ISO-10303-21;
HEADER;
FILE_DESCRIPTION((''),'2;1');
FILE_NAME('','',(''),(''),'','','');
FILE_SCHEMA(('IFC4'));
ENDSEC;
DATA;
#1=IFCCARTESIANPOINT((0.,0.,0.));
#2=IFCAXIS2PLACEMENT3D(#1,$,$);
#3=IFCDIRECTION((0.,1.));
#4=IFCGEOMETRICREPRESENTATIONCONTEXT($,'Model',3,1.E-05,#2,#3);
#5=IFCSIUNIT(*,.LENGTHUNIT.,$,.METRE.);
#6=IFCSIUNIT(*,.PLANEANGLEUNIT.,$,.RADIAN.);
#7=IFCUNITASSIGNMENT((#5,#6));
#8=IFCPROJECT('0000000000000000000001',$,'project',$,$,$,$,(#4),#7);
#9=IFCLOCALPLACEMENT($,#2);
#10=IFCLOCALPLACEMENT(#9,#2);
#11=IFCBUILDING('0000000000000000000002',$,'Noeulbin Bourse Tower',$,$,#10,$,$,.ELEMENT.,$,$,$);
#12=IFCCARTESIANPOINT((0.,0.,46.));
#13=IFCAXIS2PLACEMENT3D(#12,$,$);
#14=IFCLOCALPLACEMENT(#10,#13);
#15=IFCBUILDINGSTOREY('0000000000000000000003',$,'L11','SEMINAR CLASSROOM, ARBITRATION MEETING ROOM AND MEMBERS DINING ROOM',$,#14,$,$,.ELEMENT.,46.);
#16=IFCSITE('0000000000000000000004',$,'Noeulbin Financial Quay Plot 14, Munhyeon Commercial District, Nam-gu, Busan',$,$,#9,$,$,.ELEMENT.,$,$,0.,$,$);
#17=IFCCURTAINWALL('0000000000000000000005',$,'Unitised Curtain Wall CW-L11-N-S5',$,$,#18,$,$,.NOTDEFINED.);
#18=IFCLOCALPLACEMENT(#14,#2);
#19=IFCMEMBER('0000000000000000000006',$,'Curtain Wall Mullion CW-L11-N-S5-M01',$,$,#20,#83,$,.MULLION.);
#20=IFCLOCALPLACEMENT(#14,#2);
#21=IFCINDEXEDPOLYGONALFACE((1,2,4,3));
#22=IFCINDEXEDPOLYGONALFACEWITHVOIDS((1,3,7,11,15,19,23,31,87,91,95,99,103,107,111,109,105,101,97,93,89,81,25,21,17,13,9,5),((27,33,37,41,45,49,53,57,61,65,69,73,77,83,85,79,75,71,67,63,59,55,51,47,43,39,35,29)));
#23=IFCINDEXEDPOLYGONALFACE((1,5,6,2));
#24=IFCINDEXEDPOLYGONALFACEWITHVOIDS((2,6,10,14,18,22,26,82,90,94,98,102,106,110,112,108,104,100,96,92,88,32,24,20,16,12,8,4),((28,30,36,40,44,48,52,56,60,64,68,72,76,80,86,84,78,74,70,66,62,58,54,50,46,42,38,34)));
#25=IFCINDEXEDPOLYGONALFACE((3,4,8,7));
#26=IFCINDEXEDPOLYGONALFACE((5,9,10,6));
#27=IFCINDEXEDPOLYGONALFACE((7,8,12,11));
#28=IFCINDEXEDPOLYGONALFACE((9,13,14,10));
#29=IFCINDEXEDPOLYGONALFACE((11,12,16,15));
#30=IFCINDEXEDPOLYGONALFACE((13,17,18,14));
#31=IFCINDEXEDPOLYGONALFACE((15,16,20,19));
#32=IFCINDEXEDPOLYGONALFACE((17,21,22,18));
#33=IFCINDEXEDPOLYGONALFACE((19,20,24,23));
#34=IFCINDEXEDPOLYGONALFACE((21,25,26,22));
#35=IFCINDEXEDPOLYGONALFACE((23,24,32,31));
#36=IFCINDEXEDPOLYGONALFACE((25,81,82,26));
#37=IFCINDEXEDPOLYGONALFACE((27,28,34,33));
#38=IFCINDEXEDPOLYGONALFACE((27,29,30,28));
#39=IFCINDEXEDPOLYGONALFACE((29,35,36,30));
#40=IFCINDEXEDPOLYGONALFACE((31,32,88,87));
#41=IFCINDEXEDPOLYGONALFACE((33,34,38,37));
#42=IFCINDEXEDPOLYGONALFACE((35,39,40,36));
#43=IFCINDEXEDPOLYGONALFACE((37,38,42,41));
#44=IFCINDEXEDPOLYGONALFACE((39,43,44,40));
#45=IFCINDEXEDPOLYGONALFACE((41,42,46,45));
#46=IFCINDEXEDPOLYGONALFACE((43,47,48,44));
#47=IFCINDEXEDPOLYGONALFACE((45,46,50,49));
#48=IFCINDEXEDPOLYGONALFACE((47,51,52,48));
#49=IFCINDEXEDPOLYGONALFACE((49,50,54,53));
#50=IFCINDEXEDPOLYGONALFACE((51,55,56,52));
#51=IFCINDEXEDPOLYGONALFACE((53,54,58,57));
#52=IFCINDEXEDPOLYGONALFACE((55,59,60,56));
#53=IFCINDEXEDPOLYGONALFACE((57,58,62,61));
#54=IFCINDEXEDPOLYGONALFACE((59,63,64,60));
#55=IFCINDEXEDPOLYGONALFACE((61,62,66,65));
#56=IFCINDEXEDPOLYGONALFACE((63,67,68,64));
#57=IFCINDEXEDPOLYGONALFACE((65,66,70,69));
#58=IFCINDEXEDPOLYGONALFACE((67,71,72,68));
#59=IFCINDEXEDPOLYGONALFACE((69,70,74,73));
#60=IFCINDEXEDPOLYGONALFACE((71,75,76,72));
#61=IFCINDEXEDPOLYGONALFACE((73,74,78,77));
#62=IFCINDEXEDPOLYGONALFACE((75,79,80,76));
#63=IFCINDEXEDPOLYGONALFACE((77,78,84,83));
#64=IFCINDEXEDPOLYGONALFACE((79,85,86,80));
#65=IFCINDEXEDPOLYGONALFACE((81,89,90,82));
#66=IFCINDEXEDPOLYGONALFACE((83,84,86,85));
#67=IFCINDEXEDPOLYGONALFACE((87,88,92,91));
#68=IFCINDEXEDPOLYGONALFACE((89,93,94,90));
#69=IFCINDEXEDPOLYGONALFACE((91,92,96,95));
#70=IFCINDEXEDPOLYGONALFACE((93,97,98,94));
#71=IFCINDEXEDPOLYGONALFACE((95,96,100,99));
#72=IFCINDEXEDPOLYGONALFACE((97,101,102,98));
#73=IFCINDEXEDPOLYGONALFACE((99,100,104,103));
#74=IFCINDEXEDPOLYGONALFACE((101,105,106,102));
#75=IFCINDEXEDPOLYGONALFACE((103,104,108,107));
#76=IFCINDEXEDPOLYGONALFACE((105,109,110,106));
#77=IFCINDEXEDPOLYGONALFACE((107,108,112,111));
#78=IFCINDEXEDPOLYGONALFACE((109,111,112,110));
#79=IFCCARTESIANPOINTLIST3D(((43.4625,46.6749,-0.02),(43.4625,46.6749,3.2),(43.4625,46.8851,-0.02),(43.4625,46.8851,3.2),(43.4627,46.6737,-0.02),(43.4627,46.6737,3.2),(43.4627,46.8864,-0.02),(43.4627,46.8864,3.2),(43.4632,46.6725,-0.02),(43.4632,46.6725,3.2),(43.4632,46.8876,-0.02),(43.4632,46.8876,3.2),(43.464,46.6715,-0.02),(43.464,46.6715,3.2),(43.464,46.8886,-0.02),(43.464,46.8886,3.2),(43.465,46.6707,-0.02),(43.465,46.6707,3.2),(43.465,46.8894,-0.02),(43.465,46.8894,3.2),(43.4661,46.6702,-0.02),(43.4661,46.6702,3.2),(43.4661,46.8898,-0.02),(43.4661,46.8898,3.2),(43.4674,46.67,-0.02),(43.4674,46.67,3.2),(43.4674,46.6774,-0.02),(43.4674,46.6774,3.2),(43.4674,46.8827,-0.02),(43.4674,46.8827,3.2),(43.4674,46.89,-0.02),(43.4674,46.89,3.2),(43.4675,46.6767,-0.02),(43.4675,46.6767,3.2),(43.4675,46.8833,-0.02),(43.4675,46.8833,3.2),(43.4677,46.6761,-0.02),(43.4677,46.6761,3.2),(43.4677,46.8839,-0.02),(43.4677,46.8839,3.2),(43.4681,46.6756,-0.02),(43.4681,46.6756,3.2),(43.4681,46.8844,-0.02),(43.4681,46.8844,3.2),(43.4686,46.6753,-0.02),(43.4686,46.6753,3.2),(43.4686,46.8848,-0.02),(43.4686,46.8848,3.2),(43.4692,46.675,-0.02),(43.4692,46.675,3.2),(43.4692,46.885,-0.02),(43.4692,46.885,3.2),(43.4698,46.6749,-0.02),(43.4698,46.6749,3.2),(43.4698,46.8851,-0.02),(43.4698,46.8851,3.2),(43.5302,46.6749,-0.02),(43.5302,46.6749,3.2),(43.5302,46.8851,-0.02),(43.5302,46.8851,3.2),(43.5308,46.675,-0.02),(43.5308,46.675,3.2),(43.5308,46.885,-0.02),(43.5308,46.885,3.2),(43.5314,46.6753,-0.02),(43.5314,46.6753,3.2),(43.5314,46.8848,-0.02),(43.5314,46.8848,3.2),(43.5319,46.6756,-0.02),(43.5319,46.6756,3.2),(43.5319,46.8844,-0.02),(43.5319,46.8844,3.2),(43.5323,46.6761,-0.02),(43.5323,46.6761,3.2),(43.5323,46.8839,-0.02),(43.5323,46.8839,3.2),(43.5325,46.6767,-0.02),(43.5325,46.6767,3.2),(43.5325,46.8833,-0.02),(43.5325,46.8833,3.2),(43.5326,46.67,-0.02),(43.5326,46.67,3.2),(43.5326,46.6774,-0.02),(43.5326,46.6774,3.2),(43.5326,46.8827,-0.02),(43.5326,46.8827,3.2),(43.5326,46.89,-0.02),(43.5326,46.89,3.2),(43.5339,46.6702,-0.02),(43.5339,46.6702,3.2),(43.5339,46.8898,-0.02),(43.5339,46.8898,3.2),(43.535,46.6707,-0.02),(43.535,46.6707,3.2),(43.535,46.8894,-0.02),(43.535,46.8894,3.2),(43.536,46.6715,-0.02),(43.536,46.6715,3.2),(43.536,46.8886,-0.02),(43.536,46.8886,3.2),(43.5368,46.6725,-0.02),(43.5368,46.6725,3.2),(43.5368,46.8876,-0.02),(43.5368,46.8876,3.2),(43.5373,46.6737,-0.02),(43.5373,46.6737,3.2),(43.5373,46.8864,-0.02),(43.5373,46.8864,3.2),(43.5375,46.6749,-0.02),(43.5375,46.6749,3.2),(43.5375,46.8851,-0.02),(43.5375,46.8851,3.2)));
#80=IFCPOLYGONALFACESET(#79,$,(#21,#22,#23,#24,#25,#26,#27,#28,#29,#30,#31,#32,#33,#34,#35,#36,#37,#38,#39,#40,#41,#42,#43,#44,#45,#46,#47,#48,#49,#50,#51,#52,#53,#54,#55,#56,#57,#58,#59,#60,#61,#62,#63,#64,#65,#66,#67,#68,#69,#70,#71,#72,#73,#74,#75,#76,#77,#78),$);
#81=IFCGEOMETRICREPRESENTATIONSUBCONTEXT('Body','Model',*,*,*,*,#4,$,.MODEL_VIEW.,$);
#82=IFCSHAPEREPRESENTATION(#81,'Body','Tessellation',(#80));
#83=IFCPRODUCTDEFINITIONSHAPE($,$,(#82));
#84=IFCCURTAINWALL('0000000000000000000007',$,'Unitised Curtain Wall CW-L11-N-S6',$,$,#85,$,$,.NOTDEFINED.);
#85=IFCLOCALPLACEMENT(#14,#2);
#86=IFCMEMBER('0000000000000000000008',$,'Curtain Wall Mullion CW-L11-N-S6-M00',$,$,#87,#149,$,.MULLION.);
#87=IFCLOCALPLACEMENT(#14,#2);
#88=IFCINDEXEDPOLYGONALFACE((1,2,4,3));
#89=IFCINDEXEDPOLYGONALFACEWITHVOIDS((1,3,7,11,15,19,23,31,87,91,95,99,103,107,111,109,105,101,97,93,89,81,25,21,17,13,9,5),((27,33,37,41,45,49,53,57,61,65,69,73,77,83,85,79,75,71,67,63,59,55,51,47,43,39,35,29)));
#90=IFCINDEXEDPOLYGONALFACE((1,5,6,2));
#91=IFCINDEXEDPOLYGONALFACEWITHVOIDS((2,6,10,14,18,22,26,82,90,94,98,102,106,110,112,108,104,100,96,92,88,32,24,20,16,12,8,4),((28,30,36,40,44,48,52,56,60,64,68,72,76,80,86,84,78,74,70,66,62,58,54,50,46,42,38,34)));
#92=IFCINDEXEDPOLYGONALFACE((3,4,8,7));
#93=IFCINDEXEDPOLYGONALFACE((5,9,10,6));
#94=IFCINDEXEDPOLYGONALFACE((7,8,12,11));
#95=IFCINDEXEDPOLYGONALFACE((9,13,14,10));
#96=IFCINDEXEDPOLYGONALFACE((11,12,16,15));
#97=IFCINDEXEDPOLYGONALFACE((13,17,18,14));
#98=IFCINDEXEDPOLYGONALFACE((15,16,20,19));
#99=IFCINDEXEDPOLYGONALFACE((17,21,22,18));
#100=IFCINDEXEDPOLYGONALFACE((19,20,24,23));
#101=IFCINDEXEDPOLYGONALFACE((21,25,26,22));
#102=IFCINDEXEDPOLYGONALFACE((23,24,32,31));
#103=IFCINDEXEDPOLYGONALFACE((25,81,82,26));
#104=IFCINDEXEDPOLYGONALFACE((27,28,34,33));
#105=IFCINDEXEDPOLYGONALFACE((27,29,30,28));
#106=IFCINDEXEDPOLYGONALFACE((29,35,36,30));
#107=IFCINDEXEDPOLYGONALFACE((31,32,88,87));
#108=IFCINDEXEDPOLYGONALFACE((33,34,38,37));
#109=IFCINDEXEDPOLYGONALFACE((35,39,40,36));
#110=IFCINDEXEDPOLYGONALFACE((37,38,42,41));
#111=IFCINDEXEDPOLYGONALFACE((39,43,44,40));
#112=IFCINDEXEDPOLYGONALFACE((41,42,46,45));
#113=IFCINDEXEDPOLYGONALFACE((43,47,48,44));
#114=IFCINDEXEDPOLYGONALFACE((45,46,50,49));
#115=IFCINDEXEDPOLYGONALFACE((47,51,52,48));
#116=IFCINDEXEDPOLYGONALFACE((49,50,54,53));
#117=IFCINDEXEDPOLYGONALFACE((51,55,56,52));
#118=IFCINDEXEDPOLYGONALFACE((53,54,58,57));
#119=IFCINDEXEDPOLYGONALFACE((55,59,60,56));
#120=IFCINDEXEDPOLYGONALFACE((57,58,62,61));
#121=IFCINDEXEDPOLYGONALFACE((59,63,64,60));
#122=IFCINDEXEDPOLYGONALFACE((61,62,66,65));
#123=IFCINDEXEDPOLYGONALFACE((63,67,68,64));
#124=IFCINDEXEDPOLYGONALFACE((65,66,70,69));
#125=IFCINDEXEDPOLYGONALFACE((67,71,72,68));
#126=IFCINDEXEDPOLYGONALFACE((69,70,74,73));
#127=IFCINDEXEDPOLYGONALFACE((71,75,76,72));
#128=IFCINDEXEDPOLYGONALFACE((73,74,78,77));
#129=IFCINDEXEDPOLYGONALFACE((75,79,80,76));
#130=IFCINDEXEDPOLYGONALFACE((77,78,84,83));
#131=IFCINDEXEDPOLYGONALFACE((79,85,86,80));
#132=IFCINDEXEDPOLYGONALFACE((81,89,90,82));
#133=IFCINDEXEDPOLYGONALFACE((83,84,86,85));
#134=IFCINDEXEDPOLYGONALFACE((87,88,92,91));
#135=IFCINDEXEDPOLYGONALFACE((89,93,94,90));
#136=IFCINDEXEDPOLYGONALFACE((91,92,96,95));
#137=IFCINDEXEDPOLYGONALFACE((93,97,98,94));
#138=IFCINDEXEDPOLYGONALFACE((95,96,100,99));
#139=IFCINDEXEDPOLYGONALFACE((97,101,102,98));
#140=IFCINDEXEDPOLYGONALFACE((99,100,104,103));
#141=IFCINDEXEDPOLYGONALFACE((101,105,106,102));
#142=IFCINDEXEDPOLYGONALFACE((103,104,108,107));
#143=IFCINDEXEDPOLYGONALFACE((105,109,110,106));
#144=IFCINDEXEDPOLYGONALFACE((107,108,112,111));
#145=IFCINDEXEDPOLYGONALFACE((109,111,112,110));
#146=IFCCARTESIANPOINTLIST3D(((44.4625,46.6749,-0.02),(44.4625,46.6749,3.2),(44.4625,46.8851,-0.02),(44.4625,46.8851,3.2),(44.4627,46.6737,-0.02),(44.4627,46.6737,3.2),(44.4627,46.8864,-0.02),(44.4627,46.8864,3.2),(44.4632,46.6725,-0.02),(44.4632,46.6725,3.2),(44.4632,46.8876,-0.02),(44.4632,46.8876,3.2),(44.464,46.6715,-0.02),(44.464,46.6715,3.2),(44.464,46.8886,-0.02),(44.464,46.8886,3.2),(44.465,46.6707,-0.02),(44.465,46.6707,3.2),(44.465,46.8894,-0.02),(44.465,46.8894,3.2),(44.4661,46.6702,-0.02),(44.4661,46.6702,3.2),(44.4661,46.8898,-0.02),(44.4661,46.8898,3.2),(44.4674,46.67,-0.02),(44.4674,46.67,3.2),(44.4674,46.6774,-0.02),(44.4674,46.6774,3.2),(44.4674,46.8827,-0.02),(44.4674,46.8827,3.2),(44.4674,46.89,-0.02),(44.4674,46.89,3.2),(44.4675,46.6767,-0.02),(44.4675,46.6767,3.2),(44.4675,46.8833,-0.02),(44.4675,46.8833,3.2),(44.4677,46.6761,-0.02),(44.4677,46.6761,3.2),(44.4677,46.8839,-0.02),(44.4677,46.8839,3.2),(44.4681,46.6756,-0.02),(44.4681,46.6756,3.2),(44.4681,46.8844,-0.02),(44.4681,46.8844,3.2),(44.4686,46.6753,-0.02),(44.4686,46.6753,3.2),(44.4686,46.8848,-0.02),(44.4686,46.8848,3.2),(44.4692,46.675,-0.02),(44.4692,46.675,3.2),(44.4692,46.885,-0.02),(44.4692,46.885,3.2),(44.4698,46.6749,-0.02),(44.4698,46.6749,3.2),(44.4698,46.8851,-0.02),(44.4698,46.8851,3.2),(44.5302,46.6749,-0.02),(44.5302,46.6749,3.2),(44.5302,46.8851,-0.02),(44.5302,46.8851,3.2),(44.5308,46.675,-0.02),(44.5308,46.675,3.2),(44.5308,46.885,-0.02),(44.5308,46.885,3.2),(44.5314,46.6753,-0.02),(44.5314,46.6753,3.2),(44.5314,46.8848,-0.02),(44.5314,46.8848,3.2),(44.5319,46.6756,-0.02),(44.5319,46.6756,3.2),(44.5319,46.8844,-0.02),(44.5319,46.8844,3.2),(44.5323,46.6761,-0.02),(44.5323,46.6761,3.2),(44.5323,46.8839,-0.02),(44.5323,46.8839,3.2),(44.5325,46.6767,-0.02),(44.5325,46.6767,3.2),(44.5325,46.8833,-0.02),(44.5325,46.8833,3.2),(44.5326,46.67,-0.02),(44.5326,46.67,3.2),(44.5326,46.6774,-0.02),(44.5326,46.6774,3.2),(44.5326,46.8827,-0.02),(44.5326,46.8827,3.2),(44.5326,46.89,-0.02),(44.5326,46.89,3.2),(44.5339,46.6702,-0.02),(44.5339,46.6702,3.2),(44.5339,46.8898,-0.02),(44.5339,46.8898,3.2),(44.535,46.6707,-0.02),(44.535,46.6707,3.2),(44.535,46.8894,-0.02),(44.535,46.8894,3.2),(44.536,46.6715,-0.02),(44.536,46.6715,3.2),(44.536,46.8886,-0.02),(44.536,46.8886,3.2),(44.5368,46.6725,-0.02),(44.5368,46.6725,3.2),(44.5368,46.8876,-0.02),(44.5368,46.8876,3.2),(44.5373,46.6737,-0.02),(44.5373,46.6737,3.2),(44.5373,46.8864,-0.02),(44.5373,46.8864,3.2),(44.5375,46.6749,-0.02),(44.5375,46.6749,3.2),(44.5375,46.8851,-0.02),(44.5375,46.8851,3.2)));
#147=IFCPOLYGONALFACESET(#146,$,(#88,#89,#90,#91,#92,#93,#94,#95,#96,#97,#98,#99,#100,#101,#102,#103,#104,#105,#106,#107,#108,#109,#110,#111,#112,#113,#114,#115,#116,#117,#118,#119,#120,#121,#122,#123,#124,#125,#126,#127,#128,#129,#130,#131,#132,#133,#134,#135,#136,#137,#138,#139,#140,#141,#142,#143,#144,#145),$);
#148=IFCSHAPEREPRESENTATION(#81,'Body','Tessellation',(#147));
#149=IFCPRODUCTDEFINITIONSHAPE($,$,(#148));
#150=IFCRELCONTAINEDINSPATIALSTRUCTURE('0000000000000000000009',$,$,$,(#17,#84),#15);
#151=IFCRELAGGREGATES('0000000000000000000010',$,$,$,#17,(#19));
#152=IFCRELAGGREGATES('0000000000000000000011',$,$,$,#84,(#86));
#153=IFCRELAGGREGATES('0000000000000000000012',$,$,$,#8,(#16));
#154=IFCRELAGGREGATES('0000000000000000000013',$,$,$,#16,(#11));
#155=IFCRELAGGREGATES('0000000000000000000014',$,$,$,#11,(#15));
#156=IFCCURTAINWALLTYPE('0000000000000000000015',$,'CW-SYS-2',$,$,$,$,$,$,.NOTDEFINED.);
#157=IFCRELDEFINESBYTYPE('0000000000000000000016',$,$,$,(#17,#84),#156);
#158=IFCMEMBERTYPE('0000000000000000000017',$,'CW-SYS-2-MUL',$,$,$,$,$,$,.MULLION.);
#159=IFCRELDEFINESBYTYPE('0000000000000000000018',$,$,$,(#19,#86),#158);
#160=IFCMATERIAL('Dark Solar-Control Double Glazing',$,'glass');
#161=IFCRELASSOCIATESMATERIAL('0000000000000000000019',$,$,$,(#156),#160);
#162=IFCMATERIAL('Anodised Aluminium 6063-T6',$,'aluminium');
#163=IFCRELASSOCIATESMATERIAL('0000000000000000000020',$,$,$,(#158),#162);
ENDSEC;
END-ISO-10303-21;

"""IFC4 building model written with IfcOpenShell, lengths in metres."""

from ifc_helpers import new_model, si_unit, direction, frame, origin, origin_2d, place, context, subcontext, project, spatial, hollow_rectangle, extrude, material, material_profile, profile_set, type_object, element, aggregate, save


model = new_model("IFC4")

# Units and contexts
model_context = context("Model", 3, precision=1e-05, world=origin(), true_north=direction((0.0, 1.0)))
body_context = subcontext(model_context, "Body", "Model", "MODEL_VIEW")
ifc_project = project(units=[si_unit("LENGTHUNIT", "METRE"), si_unit("PLANEANGLEUNIT", "RADIAN")], contexts=[model_context])

# Site, building, storey
site_placement = place(None, origin())
site = spatial("IfcSite", under=ifc_project, at=site_placement, Name="Noeulbin Financial Quay Plot 14, Munhyeon Commercial District, Nam-gu, Busan", CompositionType="ELEMENT", RefElevation=0.0)
building_placement = place(site_placement, origin())
building = spatial("IfcBuilding", under=site, at=building_placement, Name="Noeulbin Bourse Tower", CompositionType="ELEMENT")
storey_placement = place(building_placement, frame((0.0, 0.0, 46.0)))
storey = spatial("IfcBuildingStorey", under=building, at=storey_placement, Name="L11", Description="SEMINAR CLASSROOM, ARBITRATION MEETING ROOM AND MEMBERS DINING ROOM", CompositionType="ELEMENT", Elevation=46.0)

# Curtain wall, member
ifc_material_1 = material(Name="Dark Solar-Control Double Glazing", Category="glass")
curtain_wall_type = type_object("IfcCurtainWallType", Name="CW-SYS-2", PredefinedType="NOTDEFINED", material=ifc_material_1)
curtain_wall_1_placement = place(storey_placement, origin())
curtain_wall_1 = element("IfcCurtainWall", 1, at=curtain_wall_1_placement, inside=storey, type_object=curtain_wall_type, Name="Unitised Curtain Wall CW-L11-N-S5", PredefinedType="NOTDEFINED")
ifc_material_2 = material(Name="Anodised Aluminium 6063-T6", Category="aluminium")
ifc_material_profile_1 = material_profile(ifc_material_2, hollow_rectangle(XDim=0.075, YDim=0.22, WallThickness=0.0049, InnerFilletRadius=0.0024, OuterFilletRadius=0.0049, at=origin_2d()), Name="ALU-MULL-75x220x5", Category="LoadBearing")
ifc_profile_set_1 = profile_set([ifc_material_profile_1], Name="Anodised Aluminium 6063-T6")
member_type_1 = type_object("IfcMemberType", Name="CW-SYS-2-MUL", PredefinedType="MULLION", material=ifc_profile_set_1)
member_1_placement = place(storey_placement, frame((43.5, 46.78, -0.02), z_axis=(0.0, 0.0, 1.0), x_axis=(1.0, 0.0, 0.0)))
member_1 = element("IfcMember", 2, at=member_1_placement, type_object=member_type_1, Name="Curtain Wall Mullion CW-L11-N-S5-M01", PredefinedType="MULLION", context=body_context, shape_type="SweptSolid", body=[
    extrude(hollow_rectangle(XDim=0.075, YDim=0.22, WallThickness=0.0049, InnerFilletRadius=0.0024, OuterFilletRadius=0.0049, at=origin_2d()), origin(), (0.0, 0.0, 1.0), 3.22),
])

# Curtain wall, member
curtain_wall_2_placement = place(storey_placement, origin())
curtain_wall_2 = element("IfcCurtainWall", 3, at=curtain_wall_2_placement, inside=storey, type_object=curtain_wall_type, Name="Unitised Curtain Wall CW-L11-N-S6", PredefinedType="NOTDEFINED")
member_2_placement = place(storey_placement, frame((44.5, 46.78, -0.02), z_axis=(0.0, 0.0, 1.0), x_axis=(1.0, 0.0, 0.0)))
member_2 = element("IfcMember", 4, at=member_2_placement, type_object=member_type_1, Name="Curtain Wall Mullion CW-L11-N-S6-M00", PredefinedType="MULLION", context=body_context, shape_type="SweptSolid", body=[
    extrude(hollow_rectangle(XDim=0.075, YDim=0.22, WallThickness=0.0049, InnerFilletRadius=0.0024, OuterFilletRadius=0.0049, at=origin_2d()), origin(), (0.0, 0.0, 1.0), 3.22),
])

aggregate(curtain_wall_1, [member_1])
aggregate(curtain_wall_2, [member_2])

save(model, "model.ifc")
